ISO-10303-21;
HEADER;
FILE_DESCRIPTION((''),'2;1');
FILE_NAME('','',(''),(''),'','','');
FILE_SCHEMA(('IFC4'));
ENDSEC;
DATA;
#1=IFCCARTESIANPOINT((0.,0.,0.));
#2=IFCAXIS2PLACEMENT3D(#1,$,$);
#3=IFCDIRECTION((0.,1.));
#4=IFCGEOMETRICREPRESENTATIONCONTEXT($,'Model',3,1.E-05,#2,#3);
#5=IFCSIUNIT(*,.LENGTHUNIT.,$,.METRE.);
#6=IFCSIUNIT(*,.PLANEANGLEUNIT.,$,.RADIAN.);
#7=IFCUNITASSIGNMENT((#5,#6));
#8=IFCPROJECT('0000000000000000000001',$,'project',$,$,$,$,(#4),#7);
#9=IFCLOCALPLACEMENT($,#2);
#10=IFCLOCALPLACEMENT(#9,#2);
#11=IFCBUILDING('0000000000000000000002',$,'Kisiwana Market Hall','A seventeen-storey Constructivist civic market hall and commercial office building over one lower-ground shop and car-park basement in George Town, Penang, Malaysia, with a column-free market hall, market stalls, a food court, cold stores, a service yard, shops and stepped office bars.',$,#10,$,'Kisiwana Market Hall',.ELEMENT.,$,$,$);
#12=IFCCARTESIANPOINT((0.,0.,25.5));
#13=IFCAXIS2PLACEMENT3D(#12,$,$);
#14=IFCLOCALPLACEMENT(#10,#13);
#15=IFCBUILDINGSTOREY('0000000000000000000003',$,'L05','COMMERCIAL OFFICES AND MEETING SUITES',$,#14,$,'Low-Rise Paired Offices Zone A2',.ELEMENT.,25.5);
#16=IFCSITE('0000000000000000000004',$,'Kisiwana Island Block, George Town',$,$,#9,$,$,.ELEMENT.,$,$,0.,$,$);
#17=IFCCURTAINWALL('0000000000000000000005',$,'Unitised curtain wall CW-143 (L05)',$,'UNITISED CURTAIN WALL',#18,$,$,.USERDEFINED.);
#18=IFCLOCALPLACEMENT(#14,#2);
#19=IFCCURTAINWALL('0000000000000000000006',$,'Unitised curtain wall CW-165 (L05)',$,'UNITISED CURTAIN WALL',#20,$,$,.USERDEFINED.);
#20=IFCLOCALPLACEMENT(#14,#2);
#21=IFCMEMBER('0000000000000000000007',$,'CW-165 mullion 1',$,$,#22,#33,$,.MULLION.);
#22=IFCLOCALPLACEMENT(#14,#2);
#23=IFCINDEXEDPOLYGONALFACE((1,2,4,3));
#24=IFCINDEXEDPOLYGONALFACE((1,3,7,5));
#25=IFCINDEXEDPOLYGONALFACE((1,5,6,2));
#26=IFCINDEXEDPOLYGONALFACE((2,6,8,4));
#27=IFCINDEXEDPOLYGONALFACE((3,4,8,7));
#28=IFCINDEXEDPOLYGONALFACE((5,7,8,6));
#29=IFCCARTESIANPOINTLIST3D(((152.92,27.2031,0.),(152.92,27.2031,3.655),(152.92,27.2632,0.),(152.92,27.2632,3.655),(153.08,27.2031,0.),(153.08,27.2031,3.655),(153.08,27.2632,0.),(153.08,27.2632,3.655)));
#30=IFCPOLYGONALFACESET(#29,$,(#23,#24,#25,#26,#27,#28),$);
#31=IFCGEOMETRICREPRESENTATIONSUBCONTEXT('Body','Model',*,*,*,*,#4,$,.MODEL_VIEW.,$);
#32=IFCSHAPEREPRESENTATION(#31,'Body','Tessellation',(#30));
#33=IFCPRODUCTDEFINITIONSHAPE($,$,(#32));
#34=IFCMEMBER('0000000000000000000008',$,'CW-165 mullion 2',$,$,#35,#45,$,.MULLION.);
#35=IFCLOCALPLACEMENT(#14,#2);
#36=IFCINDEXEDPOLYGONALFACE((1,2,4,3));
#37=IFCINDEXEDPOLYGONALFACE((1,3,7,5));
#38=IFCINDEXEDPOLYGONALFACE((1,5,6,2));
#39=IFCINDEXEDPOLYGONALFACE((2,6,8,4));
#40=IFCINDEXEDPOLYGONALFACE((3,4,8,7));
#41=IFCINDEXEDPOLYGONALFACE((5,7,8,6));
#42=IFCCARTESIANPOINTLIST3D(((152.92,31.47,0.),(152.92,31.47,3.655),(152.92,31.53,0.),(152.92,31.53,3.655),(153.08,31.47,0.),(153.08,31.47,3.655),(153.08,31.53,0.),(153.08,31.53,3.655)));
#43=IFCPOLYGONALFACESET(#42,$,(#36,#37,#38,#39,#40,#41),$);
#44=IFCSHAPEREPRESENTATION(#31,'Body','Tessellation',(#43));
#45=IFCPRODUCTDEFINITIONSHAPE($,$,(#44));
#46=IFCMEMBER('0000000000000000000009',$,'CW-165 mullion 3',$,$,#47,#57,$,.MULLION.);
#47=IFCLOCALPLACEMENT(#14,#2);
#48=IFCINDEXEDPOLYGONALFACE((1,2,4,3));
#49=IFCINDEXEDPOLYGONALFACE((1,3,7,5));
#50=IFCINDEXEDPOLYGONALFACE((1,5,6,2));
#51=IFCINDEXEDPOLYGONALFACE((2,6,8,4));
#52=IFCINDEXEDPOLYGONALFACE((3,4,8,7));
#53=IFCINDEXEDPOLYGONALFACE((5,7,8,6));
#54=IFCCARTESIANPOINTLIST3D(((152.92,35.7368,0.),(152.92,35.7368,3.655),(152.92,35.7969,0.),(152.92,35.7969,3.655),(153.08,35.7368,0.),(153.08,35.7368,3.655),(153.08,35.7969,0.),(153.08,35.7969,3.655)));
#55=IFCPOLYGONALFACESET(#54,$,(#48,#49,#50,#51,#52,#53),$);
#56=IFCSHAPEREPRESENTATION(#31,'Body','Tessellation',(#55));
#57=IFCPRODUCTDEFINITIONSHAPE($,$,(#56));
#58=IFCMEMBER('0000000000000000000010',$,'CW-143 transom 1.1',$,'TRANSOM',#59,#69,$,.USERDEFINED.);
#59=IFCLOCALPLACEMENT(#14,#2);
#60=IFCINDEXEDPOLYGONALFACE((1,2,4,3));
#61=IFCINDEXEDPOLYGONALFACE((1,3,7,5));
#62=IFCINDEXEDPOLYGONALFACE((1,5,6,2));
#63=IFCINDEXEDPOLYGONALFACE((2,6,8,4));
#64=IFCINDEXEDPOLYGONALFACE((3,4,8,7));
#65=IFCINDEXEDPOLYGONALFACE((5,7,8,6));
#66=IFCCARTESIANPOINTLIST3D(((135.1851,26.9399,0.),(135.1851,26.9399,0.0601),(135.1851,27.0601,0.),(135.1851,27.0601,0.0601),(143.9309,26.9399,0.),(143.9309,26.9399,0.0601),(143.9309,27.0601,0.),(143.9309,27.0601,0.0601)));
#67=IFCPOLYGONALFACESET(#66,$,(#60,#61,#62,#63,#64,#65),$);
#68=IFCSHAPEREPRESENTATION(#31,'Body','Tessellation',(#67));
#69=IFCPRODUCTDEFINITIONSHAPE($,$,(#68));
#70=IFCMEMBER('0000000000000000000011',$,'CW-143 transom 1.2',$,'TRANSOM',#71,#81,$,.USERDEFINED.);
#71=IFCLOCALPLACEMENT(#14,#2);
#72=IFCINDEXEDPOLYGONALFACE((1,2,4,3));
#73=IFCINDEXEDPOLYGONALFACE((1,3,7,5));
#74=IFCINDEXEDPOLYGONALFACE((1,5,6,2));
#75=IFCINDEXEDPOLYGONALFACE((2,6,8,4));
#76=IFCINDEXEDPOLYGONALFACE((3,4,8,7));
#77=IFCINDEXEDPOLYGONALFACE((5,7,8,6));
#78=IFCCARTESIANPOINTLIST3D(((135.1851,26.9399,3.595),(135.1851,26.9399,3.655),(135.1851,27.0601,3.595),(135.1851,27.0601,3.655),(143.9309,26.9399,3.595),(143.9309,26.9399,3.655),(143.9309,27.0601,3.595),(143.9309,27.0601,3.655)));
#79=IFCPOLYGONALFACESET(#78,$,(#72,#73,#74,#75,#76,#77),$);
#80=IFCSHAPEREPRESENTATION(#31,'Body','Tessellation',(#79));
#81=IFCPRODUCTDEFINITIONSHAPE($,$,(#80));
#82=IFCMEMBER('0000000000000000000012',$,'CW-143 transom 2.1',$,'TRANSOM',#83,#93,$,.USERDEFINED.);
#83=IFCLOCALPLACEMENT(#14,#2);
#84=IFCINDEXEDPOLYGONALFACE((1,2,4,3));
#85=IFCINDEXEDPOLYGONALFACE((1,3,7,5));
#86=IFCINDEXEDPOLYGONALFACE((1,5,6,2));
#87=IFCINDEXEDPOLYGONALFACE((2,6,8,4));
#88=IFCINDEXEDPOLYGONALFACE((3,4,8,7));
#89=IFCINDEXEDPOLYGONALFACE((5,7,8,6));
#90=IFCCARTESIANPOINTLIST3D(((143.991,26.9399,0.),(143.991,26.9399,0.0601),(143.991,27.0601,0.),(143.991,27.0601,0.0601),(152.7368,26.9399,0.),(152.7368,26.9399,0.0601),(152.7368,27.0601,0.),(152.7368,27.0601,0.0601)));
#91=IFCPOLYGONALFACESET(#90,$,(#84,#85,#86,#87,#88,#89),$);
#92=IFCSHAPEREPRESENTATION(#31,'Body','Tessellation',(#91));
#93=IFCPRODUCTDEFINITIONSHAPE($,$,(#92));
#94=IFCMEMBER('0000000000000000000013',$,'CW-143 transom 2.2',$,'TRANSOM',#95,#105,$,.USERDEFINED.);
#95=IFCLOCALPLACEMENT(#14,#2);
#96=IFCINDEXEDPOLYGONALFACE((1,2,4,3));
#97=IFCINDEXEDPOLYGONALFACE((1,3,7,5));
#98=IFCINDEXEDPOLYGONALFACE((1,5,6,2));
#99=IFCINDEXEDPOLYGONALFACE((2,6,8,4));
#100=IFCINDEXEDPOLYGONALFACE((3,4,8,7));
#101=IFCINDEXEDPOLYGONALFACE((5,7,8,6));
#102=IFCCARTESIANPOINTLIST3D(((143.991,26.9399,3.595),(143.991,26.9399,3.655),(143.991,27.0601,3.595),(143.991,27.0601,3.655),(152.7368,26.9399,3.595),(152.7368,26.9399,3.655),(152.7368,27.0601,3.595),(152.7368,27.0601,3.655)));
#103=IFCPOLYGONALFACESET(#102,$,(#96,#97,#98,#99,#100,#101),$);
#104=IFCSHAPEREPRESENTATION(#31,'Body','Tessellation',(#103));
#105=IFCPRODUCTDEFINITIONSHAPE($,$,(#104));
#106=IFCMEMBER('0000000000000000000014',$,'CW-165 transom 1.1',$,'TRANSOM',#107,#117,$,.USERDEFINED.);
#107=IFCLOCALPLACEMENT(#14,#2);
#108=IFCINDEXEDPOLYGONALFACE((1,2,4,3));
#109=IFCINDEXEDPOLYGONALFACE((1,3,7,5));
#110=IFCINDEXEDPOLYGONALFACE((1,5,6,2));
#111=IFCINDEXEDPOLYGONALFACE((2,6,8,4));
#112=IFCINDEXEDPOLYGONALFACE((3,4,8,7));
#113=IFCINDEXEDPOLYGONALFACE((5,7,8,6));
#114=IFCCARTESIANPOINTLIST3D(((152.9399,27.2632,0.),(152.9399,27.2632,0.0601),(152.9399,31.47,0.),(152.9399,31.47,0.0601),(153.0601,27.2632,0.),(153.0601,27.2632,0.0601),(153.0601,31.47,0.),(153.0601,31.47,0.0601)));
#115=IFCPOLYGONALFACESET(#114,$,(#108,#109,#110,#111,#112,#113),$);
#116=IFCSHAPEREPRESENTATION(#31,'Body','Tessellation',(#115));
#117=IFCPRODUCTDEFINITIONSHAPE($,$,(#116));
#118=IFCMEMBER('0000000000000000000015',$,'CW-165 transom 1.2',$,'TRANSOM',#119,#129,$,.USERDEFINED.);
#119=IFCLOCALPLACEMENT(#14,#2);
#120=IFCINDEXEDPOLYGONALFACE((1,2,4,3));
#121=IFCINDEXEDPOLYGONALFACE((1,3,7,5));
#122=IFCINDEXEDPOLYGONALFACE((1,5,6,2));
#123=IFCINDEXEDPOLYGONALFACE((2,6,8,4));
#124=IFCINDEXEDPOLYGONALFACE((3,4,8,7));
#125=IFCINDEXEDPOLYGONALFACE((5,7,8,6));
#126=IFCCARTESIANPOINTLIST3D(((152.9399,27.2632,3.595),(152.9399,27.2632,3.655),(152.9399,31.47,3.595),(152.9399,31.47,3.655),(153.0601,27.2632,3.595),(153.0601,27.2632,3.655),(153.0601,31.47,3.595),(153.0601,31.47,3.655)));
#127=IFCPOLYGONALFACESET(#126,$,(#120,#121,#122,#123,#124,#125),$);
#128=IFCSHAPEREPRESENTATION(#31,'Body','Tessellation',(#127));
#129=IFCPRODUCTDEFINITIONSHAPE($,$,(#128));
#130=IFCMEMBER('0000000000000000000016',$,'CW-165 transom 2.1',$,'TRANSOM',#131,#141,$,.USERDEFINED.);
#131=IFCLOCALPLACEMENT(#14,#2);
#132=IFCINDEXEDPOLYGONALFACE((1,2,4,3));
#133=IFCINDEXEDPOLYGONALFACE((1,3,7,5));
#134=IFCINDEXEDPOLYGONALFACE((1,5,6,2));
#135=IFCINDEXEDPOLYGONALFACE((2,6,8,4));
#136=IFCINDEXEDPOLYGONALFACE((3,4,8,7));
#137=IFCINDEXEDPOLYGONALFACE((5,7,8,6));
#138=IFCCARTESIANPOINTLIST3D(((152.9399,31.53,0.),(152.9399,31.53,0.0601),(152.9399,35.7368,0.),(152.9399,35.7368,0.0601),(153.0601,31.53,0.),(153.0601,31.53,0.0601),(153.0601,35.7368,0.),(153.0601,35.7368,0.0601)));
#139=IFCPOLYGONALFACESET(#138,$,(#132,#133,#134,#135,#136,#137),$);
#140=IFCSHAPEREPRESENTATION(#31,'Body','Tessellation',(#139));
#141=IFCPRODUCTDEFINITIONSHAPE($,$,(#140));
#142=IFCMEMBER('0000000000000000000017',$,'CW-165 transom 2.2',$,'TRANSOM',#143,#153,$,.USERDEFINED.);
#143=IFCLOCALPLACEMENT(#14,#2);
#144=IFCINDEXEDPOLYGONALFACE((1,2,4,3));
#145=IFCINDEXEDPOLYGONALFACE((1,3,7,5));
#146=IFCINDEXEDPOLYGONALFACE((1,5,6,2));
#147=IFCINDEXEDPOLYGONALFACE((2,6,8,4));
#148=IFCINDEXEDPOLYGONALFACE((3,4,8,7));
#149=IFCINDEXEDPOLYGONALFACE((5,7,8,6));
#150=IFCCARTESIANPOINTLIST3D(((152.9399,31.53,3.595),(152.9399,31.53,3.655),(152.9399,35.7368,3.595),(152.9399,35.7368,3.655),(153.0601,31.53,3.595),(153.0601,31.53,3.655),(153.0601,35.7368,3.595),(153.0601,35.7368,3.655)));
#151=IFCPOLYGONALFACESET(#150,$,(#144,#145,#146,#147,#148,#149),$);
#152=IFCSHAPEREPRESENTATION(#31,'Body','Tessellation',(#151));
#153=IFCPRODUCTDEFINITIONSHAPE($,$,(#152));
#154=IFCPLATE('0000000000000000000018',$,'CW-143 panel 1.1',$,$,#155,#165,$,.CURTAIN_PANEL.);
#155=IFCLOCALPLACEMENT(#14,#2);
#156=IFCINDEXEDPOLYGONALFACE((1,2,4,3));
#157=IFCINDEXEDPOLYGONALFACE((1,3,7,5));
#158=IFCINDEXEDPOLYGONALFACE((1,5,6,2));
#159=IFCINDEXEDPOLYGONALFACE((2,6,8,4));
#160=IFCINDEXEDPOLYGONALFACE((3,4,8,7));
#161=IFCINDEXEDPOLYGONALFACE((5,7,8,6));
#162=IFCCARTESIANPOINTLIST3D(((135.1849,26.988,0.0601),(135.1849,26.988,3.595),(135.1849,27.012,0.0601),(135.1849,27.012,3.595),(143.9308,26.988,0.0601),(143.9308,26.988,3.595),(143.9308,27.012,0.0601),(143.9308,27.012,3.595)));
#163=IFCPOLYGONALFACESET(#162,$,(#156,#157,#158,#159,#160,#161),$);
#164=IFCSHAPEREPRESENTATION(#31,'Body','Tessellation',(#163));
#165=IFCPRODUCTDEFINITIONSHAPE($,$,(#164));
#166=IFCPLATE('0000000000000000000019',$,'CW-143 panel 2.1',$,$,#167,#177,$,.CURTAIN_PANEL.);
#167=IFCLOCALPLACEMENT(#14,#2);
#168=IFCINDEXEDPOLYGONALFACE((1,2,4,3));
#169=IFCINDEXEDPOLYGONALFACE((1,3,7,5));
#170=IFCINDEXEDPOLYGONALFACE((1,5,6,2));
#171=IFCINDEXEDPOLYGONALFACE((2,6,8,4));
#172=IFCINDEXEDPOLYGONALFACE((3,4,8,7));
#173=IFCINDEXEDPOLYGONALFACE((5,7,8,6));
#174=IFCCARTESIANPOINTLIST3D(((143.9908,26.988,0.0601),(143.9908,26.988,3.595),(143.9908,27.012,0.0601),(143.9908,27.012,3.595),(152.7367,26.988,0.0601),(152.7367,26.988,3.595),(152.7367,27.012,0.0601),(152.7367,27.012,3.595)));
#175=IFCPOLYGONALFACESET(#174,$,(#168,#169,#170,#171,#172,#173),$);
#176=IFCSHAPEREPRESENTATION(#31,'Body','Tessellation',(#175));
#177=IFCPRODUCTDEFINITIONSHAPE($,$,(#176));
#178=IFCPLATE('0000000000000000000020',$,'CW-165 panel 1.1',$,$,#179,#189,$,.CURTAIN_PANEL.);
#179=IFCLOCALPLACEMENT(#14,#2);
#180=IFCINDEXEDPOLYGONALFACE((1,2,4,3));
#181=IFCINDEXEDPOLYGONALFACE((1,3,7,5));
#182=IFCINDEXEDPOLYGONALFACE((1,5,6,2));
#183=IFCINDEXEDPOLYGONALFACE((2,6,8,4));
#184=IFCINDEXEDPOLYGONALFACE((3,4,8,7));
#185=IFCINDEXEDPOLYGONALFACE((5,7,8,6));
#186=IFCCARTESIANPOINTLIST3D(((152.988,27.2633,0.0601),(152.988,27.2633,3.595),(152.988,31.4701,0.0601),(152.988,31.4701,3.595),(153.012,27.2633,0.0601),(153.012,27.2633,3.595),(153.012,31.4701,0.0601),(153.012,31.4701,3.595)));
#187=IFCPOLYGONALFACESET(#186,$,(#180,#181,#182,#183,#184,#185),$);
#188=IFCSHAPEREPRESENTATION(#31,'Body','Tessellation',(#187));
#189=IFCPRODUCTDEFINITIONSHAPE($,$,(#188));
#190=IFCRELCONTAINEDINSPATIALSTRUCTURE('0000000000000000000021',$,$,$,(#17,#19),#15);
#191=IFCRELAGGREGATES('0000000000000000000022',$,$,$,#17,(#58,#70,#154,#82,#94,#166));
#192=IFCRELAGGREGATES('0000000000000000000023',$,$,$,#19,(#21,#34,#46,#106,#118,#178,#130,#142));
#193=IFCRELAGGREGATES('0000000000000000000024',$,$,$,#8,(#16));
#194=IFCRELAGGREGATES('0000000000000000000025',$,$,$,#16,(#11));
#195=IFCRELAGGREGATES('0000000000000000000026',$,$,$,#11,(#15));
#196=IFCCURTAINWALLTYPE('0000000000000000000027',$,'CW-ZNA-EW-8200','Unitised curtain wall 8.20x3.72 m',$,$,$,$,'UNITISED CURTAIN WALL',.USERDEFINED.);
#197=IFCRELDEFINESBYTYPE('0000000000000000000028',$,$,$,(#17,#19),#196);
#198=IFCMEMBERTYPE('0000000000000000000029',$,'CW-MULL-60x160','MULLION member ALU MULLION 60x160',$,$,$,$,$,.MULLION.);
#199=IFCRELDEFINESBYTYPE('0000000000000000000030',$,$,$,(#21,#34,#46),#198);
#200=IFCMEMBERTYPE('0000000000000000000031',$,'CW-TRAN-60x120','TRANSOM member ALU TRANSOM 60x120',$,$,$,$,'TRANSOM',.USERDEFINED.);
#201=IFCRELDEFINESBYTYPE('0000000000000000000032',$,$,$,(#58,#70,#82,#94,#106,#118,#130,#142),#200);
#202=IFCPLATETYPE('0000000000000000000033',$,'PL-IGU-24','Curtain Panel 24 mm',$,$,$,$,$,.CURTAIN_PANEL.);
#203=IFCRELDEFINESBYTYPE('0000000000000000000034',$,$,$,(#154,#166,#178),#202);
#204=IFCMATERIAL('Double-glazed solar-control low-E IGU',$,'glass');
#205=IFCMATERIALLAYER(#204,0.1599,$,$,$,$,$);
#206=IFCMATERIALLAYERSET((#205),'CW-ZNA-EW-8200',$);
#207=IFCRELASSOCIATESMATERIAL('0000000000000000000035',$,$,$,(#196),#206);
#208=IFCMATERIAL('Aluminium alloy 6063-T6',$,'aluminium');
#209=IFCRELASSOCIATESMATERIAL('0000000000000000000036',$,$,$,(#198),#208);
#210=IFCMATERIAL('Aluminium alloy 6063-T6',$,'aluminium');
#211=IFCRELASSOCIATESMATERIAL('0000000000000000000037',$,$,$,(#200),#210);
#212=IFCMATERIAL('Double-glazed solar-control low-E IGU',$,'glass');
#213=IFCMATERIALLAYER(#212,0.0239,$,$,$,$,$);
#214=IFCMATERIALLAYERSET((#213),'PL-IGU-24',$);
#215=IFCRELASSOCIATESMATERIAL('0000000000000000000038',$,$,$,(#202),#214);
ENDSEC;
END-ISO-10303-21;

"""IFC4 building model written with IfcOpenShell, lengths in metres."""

from ifc_helpers import new_model, si_unit, direction, frame, origin, origin_2d, place, context, subcontext, project, spatial, rectangle, extrude, material, layer, layer_set, material_profile, profile_set, type_object, element, aggregate, save


model = new_model("IFC4")

# Units and contexts
model_context = context("Model", 3, precision=1e-05, world=origin(), true_north=direction((0.0, 1.0)))
body_context = subcontext(model_context, "Body", "Model", "MODEL_VIEW")
ifc_project = project(units=[si_unit("LENGTHUNIT", "METRE"), si_unit("PLANEANGLEUNIT", "RADIAN")], contexts=[model_context])

# Site, building, storey
site_placement = place(None, origin())
site = spatial("IfcSite", under=ifc_project, at=site_placement, Name="Kisiwana Island Block, George Town", CompositionType="ELEMENT", RefElevation=0.0)
building_placement = place(site_placement, origin())
building = spatial("IfcBuilding", under=site, at=building_placement, Name="Kisiwana Market Hall", Description="A seventeen-storey Constructivist civic market hall and commercial office building over one lower-ground shop and car-park basement in George Town, Penang, Malaysia, with a column-free market hall, market stalls, a food court, cold stores, a service yard, shops and stepped office bars.", LongName="Kisiwana Market Hall", CompositionType="ELEMENT")
storey_placement = place(building_placement, frame((0.0, 0.0, 25.5)))
storey = spatial("IfcBuildingStorey", under=building, at=storey_placement, Name="L05", Description="COMMERCIAL OFFICES AND MEETING SUITES", LongName="Low-Rise Paired Offices Zone A2", CompositionType="ELEMENT", Elevation=25.5)

# Curtain walls, members
ifc_material_1 = material(Name="Double-glazed solar-control low-E IGU", Category="glass")
ifc_layer_1 = layer(ifc_material_1, 0.1599)
ifc_layer_set_1 = layer_set([ifc_layer_1], Name="CW-ZNA-EW-8200")
curtain_wall_type = type_object("IfcCurtainWallType", Name="CW-ZNA-EW-8200", Description="Unitised curtain wall 8.20x3.72 m", ElementType="UNITISED CURTAIN WALL", PredefinedType="USERDEFINED", material=ifc_layer_set_1)
curtain_wall_1_placement = place(storey_placement, origin())
curtain_wall_1 = element("IfcCurtainWall", 1, at=curtain_wall_1_placement, inside=storey, type_object=curtain_wall_type, Name="Unitised curtain wall CW-143 (L05)", ObjectType="UNITISED CURTAIN WALL", PredefinedType="USERDEFINED")
ifc_material_2 = material(Name="Aluminium alloy 6063-T6", Category="aluminium")
ifc_material_profile_1 = material_profile(ifc_material_2, rectangle(XDim=0.0601, YDim=0.1599, at=origin_2d()), Name="ALU MULLION 60x160")
ifc_profile_set_1 = profile_set([ifc_material_profile_1], Name="Aluminium alloy 6063-T6")
member_type_1 = type_object("IfcMemberType", Name="CW-MULL-60x160", Description="MULLION member ALU MULLION 60x160", PredefinedType="MULLION", material=ifc_profile_set_1)
curtain_wall_2_placement = place(storey_placement, origin())
curtain_wall_2 = element("IfcCurtainWall", 2, at=curtain_wall_2_placement, inside=storey, type_object=curtain_wall_type, Name="Unitised curtain wall CW-165 (L05)", ObjectType="UNITISED CURTAIN WALL", PredefinedType="USERDEFINED")
member_1_placement = place(storey_placement, frame((153.0, 27.2332, 0.0), z_axis=(0.0, 0.0, 1.0), x_axis=(0.0, 1.0, 0.0)))
member_1 = element("IfcMember", 3, at=member_1_placement, type_object=member_type_1, Name="CW-165 mullion 1", PredefinedType="MULLION", context=body_context, shape_type="SweptSolid", body=[
    extrude(rectangle(XDim=0.0601, YDim=0.1599, at=origin_2d()), origin(), (0.0, 0.0, 1.0), 3.655),
])
member_2_placement = place(storey_placement, frame((153.0, 31.5, 0.0), z_axis=(0.0, 0.0, 1.0), x_axis=(0.0, 1.0, 0.0)))
member_2 = element("IfcMember", 4, at=member_2_placement, type_object=member_type_1, Name="CW-165 mullion 2", PredefinedType="MULLION", context=body_context, shape_type="SweptSolid", body=[
    extrude(rectangle(XDim=0.0601, YDim=0.1599, at=origin_2d()), origin(), (0.0, 0.0, 1.0), 3.655),
])
member_3_placement = place(storey_placement, frame((153.0, 35.7668, 0.0), z_axis=(0.0, 0.0, 1.0), x_axis=(0.0, 1.0, 0.0)))
member_3 = element("IfcMember", 5, at=member_3_placement, type_object=member_type_1, Name="CW-165 mullion 3", PredefinedType="MULLION", context=body_context, shape_type="SweptSolid", body=[
    extrude(rectangle(XDim=0.0601, YDim=0.1599, at=origin_2d()), origin(), (0.0, 0.0, 1.0), 3.655),
])

# Members
ifc_material_3 = material(Name="Aluminium alloy 6063-T6", Category="aluminium")
ifc_material_profile_2 = material_profile(ifc_material_3, rectangle(XDim=0.1201, YDim=0.0601, at=origin_2d()), Name="ALU TRANSOM 60x120")
ifc_profile_set_2 = profile_set([ifc_material_profile_2], Name="Aluminium alloy 6063-T6")
member_type_2 = type_object("IfcMemberType", Name="CW-TRAN-60x120", Description="TRANSOM member ALU TRANSOM 60x120", ElementType="TRANSOM", PredefinedType="USERDEFINED", material=ifc_profile_set_2)
member_4_placement = place(storey_placement, frame((135.1851, 27.0, 0.03), z_axis=(1.0, 0.0, 0.0), x_axis=(0.0, 1.0, 0.0)))
member_4 = element("IfcMember", 6, at=member_4_placement, type_object=member_type_2, Name="CW-143 transom 1.1", ObjectType="TRANSOM", PredefinedType="USERDEFINED", context=body_context, shape_type="SweptSolid", body=[
    extrude(rectangle(XDim=0.1201, YDim=0.0601, at=origin_2d()), origin(), (0.0, 0.0, 1.0), 8.7458),
])
member_5_placement = place(storey_placement, frame((135.1851, 27.0, 3.625), z_axis=(1.0, 0.0, 0.0), x_axis=(0.0, 1.0, 0.0)))
member_5 = element("IfcMember", 7, at=member_5_placement, type_object=member_type_2, Name="CW-143 transom 1.2", ObjectType="TRANSOM", PredefinedType="USERDEFINED", context=body_context, shape_type="SweptSolid", body=[
    extrude(rectangle(XDim=0.1201, YDim=0.0601, at=origin_2d()), origin(), (0.0, 0.0, 1.0), 8.7458),
])
member_6_placement = place(storey_placement, frame((143.991, 27.0, 0.03), z_axis=(1.0, 0.0, 0.0), x_axis=(0.0, 1.0, 0.0)))
member_6 = element("IfcMember", 8, at=member_6_placement, type_object=member_type_2, Name="CW-143 transom 2.1", ObjectType="TRANSOM", PredefinedType="USERDEFINED", context=body_context, shape_type="SweptSolid", body=[
    extrude(rectangle(XDim=0.1201, YDim=0.0601, at=origin_2d()), origin(), (0.0, 0.0, 1.0), 8.7458),
])
member_7_placement = place(storey_placement, frame((143.991, 27.0, 3.625), z_axis=(1.0, 0.0, 0.0), x_axis=(0.0, 1.0, 0.0)))
member_7 = element("IfcMember", 9, at=member_7_placement, type_object=member_type_2, Name="CW-143 transom 2.2", ObjectType="TRANSOM", PredefinedType="USERDEFINED", context=body_context, shape_type="SweptSolid", body=[
    extrude(rectangle(XDim=0.1201, YDim=0.0601, at=origin_2d()), origin(), (0.0, 0.0, 1.0), 8.7458),
])
member_8_placement = place(storey_placement, frame((153.0, 27.2632, 0.03), z_axis=(0.0, 1.0, 0.0), x_axis=(-1.0, 0.0, 0.0)))
member_8 = element("IfcMember", 10, at=member_8_placement, type_object=member_type_2, Name="CW-165 transom 1.1", ObjectType="TRANSOM", PredefinedType="USERDEFINED", context=body_context, shape_type="SweptSolid", body=[
    extrude(rectangle(XDim=0.1201, YDim=0.0601, at=origin_2d()), origin(), (0.0, 0.0, 1.0), 4.2068),
])
member_9_placement = place(storey_placement, frame((153.0, 27.2632, 3.625), z_axis=(0.0, 1.0, 0.0), x_axis=(-1.0, 0.0, 0.0)))
member_9 = element("IfcMember", 11, at=member_9_placement, type_object=member_type_2, Name="CW-165 transom 1.2", ObjectType="TRANSOM", PredefinedType="USERDEFINED", context=body_context, shape_type="SweptSolid", body=[
    extrude(rectangle(XDim=0.1201, YDim=0.0601, at=origin_2d()), origin(), (0.0, 0.0, 1.0), 4.2068),
])
member_10_placement = place(storey_placement, frame((153.0, 31.53, 0.03), z_axis=(0.0, 1.0, 0.0), x_axis=(-1.0, 0.0, 0.0)))
member_10 = element("IfcMember", 12, at=member_10_placement, type_object=member_type_2, Name="CW-165 transom 2.1", ObjectType="TRANSOM", PredefinedType="USERDEFINED", context=body_context, shape_type="SweptSolid", body=[
    extrude(rectangle(XDim=0.1201, YDim=0.0601, at=origin_2d()), origin(), (0.0, 0.0, 1.0), 4.2068),
])
member_11_placement = place(storey_placement, frame((153.0, 31.53, 3.625), z_axis=(0.0, 1.0, 0.0), x_axis=(-1.0, 0.0, 0.0)))
member_11 = element("IfcMember", 13, at=member_11_placement, type_object=member_type_2, Name="CW-165 transom 2.2", ObjectType="TRANSOM", PredefinedType="USERDEFINED", context=body_context, shape_type="SweptSolid", body=[
    extrude(rectangle(XDim=0.1201, YDim=0.0601, at=origin_2d()), origin(), (0.0, 0.0, 1.0), 4.2068),
])

# Plates
ifc_material_4 = material(Name="Double-glazed solar-control low-E IGU", Category="glass")
ifc_layer_2 = layer(ifc_material_4, 0.0239)
ifc_layer_set_2 = layer_set([ifc_layer_2], Name="PL-IGU-24")
plate_type = type_object("IfcPlateType", Name="PL-IGU-24", Description="Curtain Panel 24 mm", PredefinedType="CURTAIN_PANEL", material=ifc_layer_set_2)
plate_1_placement = place(storey_placement, frame((139.5579, 27.0, 0.0601), z_axis=(0.0, 0.0, 1.0), x_axis=(1.0, 0.0, 0.0)))
plate_1 = element("IfcPlate", 14, at=plate_1_placement, type_object=plate_type, Name="CW-143 panel 1.1", PredefinedType="CURTAIN_PANEL", context=body_context, shape_type="SweptSolid", body=[
    extrude(rectangle(XDim=8.7458, YDim=0.0239, at=origin_2d()), origin(), (0.0, 0.0, 1.0), 3.5349),
])
plate_2_placement = place(storey_placement, frame((148.3638, 27.0, 0.0601), z_axis=(0.0, 0.0, 1.0), x_axis=(1.0, 0.0, 0.0)))
plate_2 = element("IfcPlate", 15, at=plate_2_placement, type_object=plate_type, Name="CW-143 panel 2.1", PredefinedType="CURTAIN_PANEL", context=body_context, shape_type="SweptSolid", body=[
    extrude(rectangle(XDim=8.7458, YDim=0.0239, at=origin_2d()), origin(), (0.0, 0.0, 1.0), 3.5349),
])
aggregate(curtain_wall_1, [member_4, member_5, plate_1, member_6, member_7, plate_2])
plate_3_placement = place(storey_placement, frame((153.0, 29.3667, 0.0601), z_axis=(0.0, 0.0, 1.0), x_axis=(0.0, 1.0, 0.0)))
plate_3 = element("IfcPlate", 16, at=plate_3_placement, type_object=plate_type, Name="CW-165 panel 1.1", PredefinedType="CURTAIN_PANEL", context=body_context, shape_type="SweptSolid", body=[
    extrude(rectangle(XDim=4.2068, YDim=0.0239, at=origin_2d()), origin(), (0.0, 0.0, 1.0), 3.5349),
])
aggregate(curtain_wall_2, [member_1, member_2, member_3, member_8, member_9, plate_3, member_10, member_11])

save(model, "model.ifc")
